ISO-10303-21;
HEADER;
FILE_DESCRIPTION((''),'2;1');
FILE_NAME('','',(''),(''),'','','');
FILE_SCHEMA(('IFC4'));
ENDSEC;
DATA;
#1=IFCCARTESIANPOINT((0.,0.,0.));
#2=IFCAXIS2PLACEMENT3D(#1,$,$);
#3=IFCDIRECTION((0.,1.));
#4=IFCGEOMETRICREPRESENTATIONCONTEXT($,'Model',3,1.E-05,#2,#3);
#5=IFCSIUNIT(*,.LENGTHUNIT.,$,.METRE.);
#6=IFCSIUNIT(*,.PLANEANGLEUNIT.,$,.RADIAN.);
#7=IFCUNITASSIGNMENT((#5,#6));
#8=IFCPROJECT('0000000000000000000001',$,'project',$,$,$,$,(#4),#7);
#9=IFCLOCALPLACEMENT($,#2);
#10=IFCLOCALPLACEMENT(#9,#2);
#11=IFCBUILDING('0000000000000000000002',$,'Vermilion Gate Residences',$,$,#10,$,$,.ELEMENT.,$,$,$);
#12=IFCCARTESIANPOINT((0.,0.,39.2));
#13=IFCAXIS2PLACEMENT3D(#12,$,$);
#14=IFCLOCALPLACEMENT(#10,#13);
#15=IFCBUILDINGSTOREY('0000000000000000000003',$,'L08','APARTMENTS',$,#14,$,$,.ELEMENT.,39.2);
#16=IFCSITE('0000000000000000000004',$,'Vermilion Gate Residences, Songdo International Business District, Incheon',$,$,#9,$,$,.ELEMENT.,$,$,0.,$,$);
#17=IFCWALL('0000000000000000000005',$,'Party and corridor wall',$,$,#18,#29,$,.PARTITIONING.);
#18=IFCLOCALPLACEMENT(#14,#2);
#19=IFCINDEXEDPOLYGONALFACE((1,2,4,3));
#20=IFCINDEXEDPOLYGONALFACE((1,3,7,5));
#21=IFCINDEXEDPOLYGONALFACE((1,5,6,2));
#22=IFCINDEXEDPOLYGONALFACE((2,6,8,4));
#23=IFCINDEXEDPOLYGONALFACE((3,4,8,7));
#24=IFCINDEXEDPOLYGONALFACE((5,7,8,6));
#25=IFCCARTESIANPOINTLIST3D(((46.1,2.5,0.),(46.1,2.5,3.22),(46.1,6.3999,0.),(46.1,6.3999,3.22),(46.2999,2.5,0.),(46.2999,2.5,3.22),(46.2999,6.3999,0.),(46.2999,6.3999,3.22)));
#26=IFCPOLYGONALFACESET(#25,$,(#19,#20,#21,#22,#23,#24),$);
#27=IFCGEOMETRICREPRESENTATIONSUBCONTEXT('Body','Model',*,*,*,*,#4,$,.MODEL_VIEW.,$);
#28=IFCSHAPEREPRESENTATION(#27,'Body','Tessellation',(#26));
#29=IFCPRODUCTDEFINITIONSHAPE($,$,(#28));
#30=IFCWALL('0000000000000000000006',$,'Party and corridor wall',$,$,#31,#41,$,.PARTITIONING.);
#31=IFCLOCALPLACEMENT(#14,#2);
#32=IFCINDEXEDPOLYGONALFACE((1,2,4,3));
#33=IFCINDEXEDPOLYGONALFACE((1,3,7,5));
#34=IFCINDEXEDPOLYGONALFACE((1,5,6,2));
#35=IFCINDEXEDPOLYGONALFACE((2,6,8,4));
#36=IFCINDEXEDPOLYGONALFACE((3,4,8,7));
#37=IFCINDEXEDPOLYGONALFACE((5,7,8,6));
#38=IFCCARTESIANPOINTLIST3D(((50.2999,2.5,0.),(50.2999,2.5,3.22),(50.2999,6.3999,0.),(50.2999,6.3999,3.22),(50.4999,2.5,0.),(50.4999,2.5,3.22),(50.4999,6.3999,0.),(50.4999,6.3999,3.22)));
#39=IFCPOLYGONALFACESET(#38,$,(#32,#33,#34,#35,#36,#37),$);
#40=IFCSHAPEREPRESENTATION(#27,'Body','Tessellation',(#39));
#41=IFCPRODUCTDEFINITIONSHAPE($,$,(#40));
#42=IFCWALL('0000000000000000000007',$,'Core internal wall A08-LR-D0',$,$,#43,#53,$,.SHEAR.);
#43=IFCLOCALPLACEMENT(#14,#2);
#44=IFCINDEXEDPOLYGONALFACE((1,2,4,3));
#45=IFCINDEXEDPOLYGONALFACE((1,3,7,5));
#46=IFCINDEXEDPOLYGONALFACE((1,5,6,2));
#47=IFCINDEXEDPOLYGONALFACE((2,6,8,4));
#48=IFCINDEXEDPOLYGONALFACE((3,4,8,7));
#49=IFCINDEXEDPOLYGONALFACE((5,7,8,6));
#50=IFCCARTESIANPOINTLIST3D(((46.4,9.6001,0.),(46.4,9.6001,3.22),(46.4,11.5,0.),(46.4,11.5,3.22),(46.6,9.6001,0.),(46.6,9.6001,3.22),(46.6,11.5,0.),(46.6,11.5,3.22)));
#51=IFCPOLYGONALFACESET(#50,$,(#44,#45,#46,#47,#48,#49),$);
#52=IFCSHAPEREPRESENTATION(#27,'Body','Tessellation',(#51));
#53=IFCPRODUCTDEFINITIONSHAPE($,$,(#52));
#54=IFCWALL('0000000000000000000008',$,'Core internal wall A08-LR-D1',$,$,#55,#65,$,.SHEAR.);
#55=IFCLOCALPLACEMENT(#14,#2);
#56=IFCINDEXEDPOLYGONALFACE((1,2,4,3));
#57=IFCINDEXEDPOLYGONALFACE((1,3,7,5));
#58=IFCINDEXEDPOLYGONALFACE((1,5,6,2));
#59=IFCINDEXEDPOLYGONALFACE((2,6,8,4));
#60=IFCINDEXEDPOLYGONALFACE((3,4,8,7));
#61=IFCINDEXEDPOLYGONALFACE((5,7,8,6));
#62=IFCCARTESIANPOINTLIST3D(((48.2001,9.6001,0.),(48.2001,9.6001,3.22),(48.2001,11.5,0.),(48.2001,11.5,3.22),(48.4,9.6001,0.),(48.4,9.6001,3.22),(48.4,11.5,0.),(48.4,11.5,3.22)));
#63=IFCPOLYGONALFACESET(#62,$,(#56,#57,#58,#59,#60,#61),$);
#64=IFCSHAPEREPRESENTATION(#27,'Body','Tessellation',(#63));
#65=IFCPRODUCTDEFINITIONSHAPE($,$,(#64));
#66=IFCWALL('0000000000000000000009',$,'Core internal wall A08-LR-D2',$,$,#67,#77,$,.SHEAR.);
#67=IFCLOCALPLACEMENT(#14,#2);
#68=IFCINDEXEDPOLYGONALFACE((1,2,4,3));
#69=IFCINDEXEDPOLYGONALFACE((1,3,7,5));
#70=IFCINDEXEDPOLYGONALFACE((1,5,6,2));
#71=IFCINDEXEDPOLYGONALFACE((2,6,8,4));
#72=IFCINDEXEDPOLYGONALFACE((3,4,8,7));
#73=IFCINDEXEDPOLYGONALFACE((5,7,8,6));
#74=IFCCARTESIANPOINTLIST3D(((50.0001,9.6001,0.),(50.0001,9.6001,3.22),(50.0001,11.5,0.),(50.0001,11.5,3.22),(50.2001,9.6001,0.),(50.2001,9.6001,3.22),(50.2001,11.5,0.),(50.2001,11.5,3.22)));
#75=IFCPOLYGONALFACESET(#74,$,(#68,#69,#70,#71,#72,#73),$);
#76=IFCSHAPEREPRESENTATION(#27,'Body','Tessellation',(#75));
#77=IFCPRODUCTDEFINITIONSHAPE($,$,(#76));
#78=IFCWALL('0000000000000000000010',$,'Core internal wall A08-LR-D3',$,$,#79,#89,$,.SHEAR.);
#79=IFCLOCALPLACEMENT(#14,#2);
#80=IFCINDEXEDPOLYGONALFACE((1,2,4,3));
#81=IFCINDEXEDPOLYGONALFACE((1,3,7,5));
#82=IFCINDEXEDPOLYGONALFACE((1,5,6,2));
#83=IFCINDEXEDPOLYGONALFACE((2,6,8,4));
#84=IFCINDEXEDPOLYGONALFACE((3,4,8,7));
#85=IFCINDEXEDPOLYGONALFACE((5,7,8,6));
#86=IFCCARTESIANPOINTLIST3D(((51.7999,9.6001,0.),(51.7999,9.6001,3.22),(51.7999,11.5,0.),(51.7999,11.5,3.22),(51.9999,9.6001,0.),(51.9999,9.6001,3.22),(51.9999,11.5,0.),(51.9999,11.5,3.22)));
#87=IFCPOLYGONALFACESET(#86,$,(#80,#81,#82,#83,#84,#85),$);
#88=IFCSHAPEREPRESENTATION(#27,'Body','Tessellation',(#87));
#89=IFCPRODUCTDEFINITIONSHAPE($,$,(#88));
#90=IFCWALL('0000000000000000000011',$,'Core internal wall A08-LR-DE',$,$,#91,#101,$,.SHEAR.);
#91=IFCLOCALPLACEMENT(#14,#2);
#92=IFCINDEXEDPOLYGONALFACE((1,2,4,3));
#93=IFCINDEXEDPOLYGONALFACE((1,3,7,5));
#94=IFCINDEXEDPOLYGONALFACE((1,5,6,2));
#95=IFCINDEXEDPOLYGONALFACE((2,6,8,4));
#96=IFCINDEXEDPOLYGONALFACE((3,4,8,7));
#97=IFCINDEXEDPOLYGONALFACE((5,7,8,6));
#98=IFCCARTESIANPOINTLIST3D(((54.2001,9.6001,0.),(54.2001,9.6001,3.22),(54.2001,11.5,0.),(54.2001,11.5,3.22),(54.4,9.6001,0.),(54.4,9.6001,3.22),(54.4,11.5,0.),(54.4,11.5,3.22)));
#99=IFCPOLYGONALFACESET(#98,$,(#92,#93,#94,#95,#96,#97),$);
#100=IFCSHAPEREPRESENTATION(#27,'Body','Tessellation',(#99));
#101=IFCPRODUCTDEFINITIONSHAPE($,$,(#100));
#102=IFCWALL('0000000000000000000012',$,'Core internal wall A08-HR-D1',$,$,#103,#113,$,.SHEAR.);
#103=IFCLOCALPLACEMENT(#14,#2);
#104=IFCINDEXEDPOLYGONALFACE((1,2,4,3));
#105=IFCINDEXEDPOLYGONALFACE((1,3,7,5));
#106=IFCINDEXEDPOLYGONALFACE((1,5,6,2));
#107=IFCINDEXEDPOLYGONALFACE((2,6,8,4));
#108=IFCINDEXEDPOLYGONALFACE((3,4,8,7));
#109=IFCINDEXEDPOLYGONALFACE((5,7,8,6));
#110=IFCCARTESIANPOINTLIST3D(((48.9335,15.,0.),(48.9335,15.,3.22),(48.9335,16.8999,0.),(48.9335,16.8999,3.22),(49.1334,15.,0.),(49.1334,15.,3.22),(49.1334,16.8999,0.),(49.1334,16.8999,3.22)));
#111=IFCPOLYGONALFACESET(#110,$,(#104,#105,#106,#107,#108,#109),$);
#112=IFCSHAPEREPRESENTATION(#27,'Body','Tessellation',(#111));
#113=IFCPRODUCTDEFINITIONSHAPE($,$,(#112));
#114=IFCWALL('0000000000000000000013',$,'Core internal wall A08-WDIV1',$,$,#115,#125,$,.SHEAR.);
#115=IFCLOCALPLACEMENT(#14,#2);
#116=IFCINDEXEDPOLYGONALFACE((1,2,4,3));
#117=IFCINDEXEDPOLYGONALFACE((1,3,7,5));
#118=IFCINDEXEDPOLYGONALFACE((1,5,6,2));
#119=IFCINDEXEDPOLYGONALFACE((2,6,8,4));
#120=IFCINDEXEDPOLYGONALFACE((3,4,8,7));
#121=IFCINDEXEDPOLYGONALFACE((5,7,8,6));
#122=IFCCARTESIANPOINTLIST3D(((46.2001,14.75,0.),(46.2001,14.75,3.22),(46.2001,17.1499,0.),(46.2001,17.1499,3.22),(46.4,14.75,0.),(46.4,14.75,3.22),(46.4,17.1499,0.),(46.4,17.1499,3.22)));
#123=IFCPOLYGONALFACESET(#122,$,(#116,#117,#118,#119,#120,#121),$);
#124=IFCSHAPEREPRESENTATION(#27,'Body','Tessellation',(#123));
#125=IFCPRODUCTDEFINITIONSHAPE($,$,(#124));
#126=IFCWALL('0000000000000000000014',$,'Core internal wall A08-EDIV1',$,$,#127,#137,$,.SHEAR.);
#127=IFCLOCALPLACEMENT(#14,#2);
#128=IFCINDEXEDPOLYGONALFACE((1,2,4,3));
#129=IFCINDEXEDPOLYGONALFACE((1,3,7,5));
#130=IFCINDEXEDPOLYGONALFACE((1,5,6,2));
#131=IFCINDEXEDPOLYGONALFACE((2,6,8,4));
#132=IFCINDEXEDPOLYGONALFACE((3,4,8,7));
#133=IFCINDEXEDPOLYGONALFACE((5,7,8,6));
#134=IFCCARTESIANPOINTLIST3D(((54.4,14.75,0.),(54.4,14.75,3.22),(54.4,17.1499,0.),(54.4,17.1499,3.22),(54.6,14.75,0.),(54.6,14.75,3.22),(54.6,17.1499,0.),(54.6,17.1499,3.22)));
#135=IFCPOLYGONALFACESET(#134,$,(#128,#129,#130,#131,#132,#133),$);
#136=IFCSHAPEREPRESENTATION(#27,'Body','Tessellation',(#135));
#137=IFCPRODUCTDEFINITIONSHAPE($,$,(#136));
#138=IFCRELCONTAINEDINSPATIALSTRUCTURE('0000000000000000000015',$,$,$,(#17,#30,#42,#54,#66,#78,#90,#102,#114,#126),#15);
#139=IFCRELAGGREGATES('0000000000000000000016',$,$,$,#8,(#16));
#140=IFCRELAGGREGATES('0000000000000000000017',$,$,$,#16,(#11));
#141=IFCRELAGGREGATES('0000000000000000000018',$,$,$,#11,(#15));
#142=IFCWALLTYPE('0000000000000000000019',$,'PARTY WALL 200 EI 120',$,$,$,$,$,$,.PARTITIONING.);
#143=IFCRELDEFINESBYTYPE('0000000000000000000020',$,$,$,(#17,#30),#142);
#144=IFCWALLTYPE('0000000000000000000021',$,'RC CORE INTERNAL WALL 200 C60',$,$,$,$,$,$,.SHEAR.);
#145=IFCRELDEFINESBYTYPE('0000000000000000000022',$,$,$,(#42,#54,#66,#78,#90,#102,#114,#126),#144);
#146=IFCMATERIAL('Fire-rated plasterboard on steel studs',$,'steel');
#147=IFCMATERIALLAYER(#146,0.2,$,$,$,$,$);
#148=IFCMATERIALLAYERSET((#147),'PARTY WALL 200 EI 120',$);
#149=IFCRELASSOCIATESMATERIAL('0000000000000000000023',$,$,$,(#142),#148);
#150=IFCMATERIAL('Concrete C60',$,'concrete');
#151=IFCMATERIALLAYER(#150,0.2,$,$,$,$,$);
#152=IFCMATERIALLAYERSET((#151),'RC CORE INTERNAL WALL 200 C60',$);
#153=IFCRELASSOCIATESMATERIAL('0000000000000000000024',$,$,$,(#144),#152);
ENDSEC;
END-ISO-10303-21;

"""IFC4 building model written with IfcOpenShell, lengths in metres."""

from ifc_helpers import new_model, si_unit, direction, frame, frame_2d, origin, place, context, subcontext, project, spatial, rectangle, extrude, material, layer, layer_set, type_object, element, save


model = new_model("IFC4")

# Units and contexts
model_context = context("Model", 3, precision=1e-05, world=origin(), true_north=direction((0.0, 1.0)))
body_context = subcontext(model_context, "Body", "Model", "MODEL_VIEW")
ifc_project = project(units=[si_unit("LENGTHUNIT", "METRE"), si_unit("PLANEANGLEUNIT", "RADIAN")], contexts=[model_context])

# Site, building, storey
site_placement = place(None, origin())
site = spatial("IfcSite", under=ifc_project, at=site_placement, Name="Vermilion Gate Residences, Songdo International Business District, Incheon", CompositionType="ELEMENT", RefElevation=0.0)
building_placement = place(site_placement, origin())
building = spatial("IfcBuilding", under=site, at=building_placement, Name="Vermilion Gate Residences", CompositionType="ELEMENT")
storey_placement = place(building_placement, frame((0.0, 0.0, 39.2)))
storey = spatial("IfcBuildingStorey", under=building, at=storey_placement, Name="L08", Description="APARTMENTS", CompositionType="ELEMENT", Elevation=39.2)

# Walls
ifc_material_1 = material(Name="Fire-rated plasterboard on steel studs", Category="steel")
ifc_layer_1 = layer(ifc_material_1, 0.2)
ifc_layer_set_1 = layer_set([ifc_layer_1], Name="PARTY WALL 200 EI 120")
wall_type_1 = type_object("IfcWallType", Name="PARTY WALL 200 EI 120", PredefinedType="PARTITIONING", material=ifc_layer_set_1)
for number, where, z_axis, x_axis, name in (
    (1, (46.2, 2.5, 0.0), (0.0, 0.0, 1.0), (0.0, 1.0, 0.0), "Party and corridor wall"),
    (2, (50.3999, 2.5, 0.0), (0.0, 0.0, 1.0), (0.0, 1.0, 0.0), "Party and corridor wall"),
):
    element("IfcWall", number, at=place(storey_placement, frame(where, z_axis=z_axis, x_axis=x_axis)), inside=storey, type_object=wall_type_1, Name=name, PredefinedType="PARTITIONING", context=body_context, shape_type="SweptSolid", body=[
        extrude(rectangle(XDim=3.8999, YDim=0.2, at=frame_2d((1.95, 0.0))), origin(), (0.0, 0.0, 1.0), 3.22),
    ])
ifc_material_2 = material(Name="Concrete C60", Category="concrete")
ifc_layer_2 = layer(ifc_material_2, 0.2)
ifc_layer_set_2 = layer_set([ifc_layer_2], Name="RC CORE INTERNAL WALL 200 C60")
wall_type_2 = type_object("IfcWallType", Name="RC CORE INTERNAL WALL 200 C60", PredefinedType="SHEAR", material=ifc_layer_set_2)
for number, where, z_axis, x_axis, name in (
    (3, (46.5, 9.6001, 0.0), (0.0, 0.0, 1.0), (0.0, 1.0, 0.0), "Core internal wall A08-LR-D0"),
    (4, (48.3, 9.6001, 0.0), (0.0, 0.0, 1.0), (0.0, 1.0, 0.0), "Core internal wall A08-LR-D1"),
    (5, (50.1001, 9.6001, 0.0), (0.0, 0.0, 1.0), (0.0, 1.0, 0.0), "Core internal wall A08-LR-D2"),
    (6, (51.8999, 9.6001, 0.0), (0.0, 0.0, 1.0), (0.0, 1.0, 0.0), "Core internal wall A08-LR-D3"),
    (7, (54.3, 9.6001, 0.0), (0.0, 0.0, 1.0), (0.0, 1.0, 0.0), "Core internal wall A08-LR-DE"),
    (8, (49.0334, 15.0, 0.0), (0.0, 0.0, 1.0), (0.0, 1.0, 0.0), "Core internal wall A08-HR-D1"),
):
    element("IfcWall", number, at=place(storey_placement, frame(where, z_axis=z_axis, x_axis=x_axis)), inside=storey, type_object=wall_type_2, Name=name, PredefinedType="SHEAR", context=body_context, shape_type="SweptSolid", body=[
        extrude(rectangle(XDim=1.8999, YDim=0.2, at=frame_2d((0.95, 0.0))), origin(), (0.0, 0.0, 1.0), 3.22),
    ])
for number, where, z_axis, x_axis, name in (
    (9, (46.3, 14.75, 0.0), (0.0, 0.0, 1.0), (0.0, 1.0, 0.0), "Core internal wall A08-WDIV1"),
    (10, (54.5, 14.75, 0.0), (0.0, 0.0, 1.0), (0.0, 1.0, 0.0), "Core internal wall A08-EDIV1"),
):
    element("IfcWall", number, at=place(storey_placement, frame(where, z_axis=z_axis, x_axis=x_axis)), inside=storey, type_object=wall_type_2, Name=name, PredefinedType="SHEAR", context=body_context, shape_type="SweptSolid", body=[
        extrude(rectangle(XDim=2.3999, YDim=0.2, at=frame_2d((1.2, 0.0))), origin(), (0.0, 0.0, 1.0), 3.22),
    ])

save(model, "model.ifc")
